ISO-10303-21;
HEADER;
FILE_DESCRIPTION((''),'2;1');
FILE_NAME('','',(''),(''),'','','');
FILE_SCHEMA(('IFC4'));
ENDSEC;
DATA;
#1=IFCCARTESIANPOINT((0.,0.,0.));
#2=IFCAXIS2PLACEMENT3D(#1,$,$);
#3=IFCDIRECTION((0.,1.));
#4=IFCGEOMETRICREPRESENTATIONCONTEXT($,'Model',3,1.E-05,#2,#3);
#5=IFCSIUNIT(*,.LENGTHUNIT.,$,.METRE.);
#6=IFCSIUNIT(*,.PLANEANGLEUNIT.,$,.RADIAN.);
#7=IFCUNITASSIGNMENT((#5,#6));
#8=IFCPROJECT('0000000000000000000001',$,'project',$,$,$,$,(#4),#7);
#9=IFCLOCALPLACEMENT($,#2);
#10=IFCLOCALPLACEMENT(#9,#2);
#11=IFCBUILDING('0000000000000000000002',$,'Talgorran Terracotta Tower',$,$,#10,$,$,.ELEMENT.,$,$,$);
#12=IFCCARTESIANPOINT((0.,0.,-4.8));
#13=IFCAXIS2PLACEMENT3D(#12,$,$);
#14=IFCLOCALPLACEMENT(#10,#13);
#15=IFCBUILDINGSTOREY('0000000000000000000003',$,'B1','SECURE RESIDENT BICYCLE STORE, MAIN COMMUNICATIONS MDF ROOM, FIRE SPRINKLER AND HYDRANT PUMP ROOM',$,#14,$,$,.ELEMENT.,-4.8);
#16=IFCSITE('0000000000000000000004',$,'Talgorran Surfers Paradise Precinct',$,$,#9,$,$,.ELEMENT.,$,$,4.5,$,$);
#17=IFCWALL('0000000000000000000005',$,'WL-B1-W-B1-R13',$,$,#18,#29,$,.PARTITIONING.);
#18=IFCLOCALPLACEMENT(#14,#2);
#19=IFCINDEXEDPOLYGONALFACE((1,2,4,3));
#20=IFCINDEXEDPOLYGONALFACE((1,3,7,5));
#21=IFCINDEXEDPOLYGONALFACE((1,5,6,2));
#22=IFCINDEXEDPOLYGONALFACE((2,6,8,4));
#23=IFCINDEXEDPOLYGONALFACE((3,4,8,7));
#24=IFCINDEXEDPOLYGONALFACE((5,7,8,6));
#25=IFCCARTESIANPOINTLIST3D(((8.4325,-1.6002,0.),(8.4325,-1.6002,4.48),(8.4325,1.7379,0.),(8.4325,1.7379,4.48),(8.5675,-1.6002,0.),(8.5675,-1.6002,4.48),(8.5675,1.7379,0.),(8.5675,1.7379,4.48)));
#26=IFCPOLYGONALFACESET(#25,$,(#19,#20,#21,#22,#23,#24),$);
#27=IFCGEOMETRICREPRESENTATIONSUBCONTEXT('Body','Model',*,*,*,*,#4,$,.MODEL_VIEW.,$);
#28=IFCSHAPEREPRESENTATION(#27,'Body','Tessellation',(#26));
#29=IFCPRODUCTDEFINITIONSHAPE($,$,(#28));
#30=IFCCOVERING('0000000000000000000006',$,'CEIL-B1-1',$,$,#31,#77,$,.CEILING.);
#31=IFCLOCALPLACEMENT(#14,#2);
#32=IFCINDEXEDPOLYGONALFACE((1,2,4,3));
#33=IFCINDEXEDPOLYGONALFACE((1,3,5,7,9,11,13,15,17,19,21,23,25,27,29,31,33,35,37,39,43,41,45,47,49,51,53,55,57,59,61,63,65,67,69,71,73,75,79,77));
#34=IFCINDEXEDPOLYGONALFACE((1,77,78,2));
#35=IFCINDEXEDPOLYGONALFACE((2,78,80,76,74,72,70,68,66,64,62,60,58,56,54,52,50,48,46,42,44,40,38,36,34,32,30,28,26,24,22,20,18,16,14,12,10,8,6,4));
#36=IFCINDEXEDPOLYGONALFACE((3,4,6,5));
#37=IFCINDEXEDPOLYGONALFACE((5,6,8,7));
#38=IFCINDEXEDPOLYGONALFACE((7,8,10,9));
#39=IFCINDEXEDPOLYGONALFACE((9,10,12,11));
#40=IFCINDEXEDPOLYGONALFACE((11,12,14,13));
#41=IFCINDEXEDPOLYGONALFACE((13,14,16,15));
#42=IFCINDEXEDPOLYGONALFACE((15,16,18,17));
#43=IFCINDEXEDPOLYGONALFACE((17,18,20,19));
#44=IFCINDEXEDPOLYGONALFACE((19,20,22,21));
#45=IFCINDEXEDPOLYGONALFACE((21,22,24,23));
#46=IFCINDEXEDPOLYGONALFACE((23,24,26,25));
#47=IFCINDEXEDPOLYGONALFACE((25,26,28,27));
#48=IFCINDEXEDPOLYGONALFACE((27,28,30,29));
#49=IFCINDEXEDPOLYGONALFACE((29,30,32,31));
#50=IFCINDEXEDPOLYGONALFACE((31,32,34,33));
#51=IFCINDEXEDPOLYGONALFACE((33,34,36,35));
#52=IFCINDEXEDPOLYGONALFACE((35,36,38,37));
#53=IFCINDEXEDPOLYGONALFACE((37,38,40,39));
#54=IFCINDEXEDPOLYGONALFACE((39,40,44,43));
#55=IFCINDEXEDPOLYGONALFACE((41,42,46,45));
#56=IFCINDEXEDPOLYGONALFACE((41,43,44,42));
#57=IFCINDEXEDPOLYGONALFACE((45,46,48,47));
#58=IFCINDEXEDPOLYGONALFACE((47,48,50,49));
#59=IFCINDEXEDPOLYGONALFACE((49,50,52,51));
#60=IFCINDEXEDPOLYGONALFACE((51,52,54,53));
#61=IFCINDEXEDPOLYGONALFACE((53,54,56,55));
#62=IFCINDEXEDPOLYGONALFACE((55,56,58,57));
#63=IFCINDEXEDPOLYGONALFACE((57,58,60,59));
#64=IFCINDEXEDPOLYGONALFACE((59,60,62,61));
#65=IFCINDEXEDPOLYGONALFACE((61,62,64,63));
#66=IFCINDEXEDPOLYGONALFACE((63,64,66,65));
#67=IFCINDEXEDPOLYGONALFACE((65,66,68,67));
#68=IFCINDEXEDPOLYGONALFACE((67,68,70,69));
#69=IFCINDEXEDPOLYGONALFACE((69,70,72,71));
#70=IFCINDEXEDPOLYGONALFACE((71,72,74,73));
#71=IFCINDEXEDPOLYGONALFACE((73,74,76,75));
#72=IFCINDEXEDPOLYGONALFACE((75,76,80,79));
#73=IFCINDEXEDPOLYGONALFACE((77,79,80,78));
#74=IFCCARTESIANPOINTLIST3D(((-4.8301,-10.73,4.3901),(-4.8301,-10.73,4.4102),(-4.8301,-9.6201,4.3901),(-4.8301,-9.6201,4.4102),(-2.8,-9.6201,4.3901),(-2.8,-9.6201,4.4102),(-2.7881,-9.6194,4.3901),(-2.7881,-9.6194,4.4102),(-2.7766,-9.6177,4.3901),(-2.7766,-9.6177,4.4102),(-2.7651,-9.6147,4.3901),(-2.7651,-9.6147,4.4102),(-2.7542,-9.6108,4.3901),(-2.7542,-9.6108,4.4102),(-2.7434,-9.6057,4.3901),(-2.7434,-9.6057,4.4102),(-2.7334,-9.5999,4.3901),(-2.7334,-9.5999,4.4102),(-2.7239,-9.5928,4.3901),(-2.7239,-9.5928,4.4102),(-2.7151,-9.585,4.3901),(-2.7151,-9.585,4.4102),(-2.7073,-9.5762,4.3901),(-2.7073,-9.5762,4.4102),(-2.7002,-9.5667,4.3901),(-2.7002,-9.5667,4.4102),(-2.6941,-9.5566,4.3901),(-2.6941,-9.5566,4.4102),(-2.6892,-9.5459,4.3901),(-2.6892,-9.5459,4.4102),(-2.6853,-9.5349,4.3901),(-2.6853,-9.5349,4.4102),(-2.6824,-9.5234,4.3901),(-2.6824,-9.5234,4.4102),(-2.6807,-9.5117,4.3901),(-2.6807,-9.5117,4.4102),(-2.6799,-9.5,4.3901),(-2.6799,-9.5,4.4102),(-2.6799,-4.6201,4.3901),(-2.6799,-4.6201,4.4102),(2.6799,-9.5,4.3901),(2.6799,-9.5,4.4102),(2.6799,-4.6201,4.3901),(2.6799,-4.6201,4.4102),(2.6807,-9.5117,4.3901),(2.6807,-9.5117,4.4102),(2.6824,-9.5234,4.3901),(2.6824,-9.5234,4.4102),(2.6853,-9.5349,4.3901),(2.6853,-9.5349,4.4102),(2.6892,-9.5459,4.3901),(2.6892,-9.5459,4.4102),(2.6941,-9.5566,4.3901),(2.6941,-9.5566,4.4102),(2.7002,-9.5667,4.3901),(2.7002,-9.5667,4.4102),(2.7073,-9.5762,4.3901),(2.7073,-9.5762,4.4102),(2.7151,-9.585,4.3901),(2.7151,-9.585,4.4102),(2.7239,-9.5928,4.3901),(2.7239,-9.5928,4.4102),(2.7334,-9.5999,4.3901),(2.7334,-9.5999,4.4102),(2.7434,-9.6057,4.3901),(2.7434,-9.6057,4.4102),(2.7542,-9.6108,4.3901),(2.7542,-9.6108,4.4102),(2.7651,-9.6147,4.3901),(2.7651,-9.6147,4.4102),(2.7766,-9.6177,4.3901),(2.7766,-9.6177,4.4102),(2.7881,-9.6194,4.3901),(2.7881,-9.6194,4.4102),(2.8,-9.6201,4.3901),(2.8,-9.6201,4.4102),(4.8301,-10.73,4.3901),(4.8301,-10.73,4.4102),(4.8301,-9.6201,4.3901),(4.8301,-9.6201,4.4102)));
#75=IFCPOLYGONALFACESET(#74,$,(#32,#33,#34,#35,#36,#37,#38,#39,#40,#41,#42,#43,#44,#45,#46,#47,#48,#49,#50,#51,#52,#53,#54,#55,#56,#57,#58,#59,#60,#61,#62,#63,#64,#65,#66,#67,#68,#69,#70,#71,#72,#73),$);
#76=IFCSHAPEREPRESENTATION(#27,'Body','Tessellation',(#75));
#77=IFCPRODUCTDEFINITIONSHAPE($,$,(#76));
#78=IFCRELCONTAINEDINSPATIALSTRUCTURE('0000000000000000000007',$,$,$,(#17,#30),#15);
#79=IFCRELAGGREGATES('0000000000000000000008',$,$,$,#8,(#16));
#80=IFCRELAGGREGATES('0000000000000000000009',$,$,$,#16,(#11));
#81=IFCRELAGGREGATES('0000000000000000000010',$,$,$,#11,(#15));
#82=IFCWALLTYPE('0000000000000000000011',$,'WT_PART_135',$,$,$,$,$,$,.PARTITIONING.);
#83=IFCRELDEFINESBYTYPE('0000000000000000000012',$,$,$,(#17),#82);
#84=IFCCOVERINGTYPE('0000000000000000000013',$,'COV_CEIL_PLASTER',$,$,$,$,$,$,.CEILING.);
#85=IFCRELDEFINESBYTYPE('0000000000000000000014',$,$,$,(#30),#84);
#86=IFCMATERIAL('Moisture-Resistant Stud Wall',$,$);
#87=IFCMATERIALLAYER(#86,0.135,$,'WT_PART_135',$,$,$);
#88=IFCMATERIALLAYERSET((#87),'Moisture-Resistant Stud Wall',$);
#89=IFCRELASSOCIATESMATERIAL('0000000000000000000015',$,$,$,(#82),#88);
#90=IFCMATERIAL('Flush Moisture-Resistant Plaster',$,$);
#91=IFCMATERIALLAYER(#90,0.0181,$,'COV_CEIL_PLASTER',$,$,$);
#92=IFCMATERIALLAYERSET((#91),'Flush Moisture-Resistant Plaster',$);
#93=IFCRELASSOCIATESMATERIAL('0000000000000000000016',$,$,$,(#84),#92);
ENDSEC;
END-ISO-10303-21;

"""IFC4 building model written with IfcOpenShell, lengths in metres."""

from ifc_helpers import new_model, si_unit, direction, frame, frame_2d, origin, place, context, subcontext, project, spatial, polyline, rectangle, outline, extrude, material, layer, layer_set, type_object, element, save


model = new_model("IFC4")

# Units and contexts
model_context = context("Model", 3, precision=1e-05, world=origin(), true_north=direction((0.0, 1.0)))
body_context = subcontext(model_context, "Body", "Model", "MODEL_VIEW")
ifc_project = project(units=[si_unit("LENGTHUNIT", "METRE"), si_unit("PLANEANGLEUNIT", "RADIAN")], contexts=[model_context])

# Site, building, storey
site_placement = place(None, origin())
site = spatial("IfcSite", under=ifc_project, at=site_placement, Name="Talgorran Surfers Paradise Precinct", CompositionType="ELEMENT", RefElevation=4.5)
building_placement = place(site_placement, origin())
building = spatial("IfcBuilding", under=site, at=building_placement, Name="Talgorran Terracotta Tower", CompositionType="ELEMENT")
storey_placement = place(building_placement, frame((0.0, 0.0, -4.8)))
storey = spatial("IfcBuildingStorey", under=building, at=storey_placement, Name="B1", Description="SECURE RESIDENT BICYCLE STORE, MAIN COMMUNICATIONS MDF ROOM, FIRE SPRINKLER AND HYDRANT PUMP ROOM", CompositionType="ELEMENT", Elevation=-4.8)

# Wall
ifc_material_1 = material(Name="Moisture-Resistant Stud Wall")
ifc_layer_1 = layer(ifc_material_1, 0.135, Name="WT_PART_135")
ifc_layer_set_1 = layer_set([ifc_layer_1], Name="Moisture-Resistant Stud Wall")
wall_type_1 = type_object("IfcWallType", Name="WT_PART_135", PredefinedType="PARTITIONING", material=ifc_layer_set_1)
wall_1_placement = place(storey_placement, frame((8.5, -1.6001, 0.0), z_axis=(0.0, 0.0, 1.0), x_axis=(0.0, 1.0, 0.0)))
element("IfcWall", 1, at=wall_1_placement, inside=storey, type_object=wall_type_1, Name="WL-B1-W-B1-R13", PredefinedType="PARTITIONING", context=body_context, shape_type="SweptSolid", body=[
    extrude(rectangle(XDim=3.3381, YDim=0.135, at=frame_2d((1.6689, 0.0))), origin(), (0.0, 0.0, 1.0), 4.48),
])

# Covering
ifc_material_2 = material(Name="Flush Moisture-Resistant Plaster")
ifc_layer_2 = layer(ifc_material_2, 0.0181, Name="COV_CEIL_PLASTER")
ifc_layer_set_2 = layer_set([ifc_layer_2], Name="Flush Moisture-Resistant Plaster")
covering_type_1 = type_object("IfcCoveringType", Name="COV_CEIL_PLASTER", PredefinedType="CEILING", material=ifc_layer_set_2)
covering_1_placement = place(storey_placement, frame((0.0, 0.0, 4.3901)))
element("IfcCovering", 2, at=covering_1_placement, inside=storey, type_object=covering_type_1, Name="CEIL-B1-1", PredefinedType="CEILING", context=body_context, shape_type="SweptSolid", body=[
    extrude(outline(polyline([(-4.8301, -9.6201), (-2.8, -9.6201), (-2.7881, -9.6194), (-2.7766, -9.6177), (-2.7651, -9.6147), (-2.7542, -9.6108), (-2.7434, -9.6057), (-2.7334, -9.5999), (-2.7239, -9.5928), (-2.7151, -9.585), (-2.7073, -9.5762), (-2.7002, -9.5667), (-2.6941, -9.5566), (-2.6892, -9.5459), (-2.6853, -9.5349), (-2.6824, -9.5234), (-2.6807, -9.5117), (-2.6799, -9.5), (-2.6799, -4.6201), (2.6799, -4.6201), (2.6799, -9.5), (2.6807, -9.5117), (2.6824, -9.5234), (2.6853, -9.5349), (2.6892, -9.5459), (2.6941, -9.5566), (2.7002, -9.5667), (2.7073, -9.5762), (2.7151, -9.585), (2.7239, -9.5928), (2.7334, -9.5999), (2.7434, -9.6057), (2.7542, -9.6108), (2.7651, -9.6147), (2.7766, -9.6177), (2.7881, -9.6194), (2.8, -9.6201), (4.8301, -9.6201), (4.8301, -10.73), (-4.8301, -10.73), (-4.8301, -9.6201)])), origin(), (0.0, 0.0, 1.0), 0.02),
])

save(model, "model.ifc")
